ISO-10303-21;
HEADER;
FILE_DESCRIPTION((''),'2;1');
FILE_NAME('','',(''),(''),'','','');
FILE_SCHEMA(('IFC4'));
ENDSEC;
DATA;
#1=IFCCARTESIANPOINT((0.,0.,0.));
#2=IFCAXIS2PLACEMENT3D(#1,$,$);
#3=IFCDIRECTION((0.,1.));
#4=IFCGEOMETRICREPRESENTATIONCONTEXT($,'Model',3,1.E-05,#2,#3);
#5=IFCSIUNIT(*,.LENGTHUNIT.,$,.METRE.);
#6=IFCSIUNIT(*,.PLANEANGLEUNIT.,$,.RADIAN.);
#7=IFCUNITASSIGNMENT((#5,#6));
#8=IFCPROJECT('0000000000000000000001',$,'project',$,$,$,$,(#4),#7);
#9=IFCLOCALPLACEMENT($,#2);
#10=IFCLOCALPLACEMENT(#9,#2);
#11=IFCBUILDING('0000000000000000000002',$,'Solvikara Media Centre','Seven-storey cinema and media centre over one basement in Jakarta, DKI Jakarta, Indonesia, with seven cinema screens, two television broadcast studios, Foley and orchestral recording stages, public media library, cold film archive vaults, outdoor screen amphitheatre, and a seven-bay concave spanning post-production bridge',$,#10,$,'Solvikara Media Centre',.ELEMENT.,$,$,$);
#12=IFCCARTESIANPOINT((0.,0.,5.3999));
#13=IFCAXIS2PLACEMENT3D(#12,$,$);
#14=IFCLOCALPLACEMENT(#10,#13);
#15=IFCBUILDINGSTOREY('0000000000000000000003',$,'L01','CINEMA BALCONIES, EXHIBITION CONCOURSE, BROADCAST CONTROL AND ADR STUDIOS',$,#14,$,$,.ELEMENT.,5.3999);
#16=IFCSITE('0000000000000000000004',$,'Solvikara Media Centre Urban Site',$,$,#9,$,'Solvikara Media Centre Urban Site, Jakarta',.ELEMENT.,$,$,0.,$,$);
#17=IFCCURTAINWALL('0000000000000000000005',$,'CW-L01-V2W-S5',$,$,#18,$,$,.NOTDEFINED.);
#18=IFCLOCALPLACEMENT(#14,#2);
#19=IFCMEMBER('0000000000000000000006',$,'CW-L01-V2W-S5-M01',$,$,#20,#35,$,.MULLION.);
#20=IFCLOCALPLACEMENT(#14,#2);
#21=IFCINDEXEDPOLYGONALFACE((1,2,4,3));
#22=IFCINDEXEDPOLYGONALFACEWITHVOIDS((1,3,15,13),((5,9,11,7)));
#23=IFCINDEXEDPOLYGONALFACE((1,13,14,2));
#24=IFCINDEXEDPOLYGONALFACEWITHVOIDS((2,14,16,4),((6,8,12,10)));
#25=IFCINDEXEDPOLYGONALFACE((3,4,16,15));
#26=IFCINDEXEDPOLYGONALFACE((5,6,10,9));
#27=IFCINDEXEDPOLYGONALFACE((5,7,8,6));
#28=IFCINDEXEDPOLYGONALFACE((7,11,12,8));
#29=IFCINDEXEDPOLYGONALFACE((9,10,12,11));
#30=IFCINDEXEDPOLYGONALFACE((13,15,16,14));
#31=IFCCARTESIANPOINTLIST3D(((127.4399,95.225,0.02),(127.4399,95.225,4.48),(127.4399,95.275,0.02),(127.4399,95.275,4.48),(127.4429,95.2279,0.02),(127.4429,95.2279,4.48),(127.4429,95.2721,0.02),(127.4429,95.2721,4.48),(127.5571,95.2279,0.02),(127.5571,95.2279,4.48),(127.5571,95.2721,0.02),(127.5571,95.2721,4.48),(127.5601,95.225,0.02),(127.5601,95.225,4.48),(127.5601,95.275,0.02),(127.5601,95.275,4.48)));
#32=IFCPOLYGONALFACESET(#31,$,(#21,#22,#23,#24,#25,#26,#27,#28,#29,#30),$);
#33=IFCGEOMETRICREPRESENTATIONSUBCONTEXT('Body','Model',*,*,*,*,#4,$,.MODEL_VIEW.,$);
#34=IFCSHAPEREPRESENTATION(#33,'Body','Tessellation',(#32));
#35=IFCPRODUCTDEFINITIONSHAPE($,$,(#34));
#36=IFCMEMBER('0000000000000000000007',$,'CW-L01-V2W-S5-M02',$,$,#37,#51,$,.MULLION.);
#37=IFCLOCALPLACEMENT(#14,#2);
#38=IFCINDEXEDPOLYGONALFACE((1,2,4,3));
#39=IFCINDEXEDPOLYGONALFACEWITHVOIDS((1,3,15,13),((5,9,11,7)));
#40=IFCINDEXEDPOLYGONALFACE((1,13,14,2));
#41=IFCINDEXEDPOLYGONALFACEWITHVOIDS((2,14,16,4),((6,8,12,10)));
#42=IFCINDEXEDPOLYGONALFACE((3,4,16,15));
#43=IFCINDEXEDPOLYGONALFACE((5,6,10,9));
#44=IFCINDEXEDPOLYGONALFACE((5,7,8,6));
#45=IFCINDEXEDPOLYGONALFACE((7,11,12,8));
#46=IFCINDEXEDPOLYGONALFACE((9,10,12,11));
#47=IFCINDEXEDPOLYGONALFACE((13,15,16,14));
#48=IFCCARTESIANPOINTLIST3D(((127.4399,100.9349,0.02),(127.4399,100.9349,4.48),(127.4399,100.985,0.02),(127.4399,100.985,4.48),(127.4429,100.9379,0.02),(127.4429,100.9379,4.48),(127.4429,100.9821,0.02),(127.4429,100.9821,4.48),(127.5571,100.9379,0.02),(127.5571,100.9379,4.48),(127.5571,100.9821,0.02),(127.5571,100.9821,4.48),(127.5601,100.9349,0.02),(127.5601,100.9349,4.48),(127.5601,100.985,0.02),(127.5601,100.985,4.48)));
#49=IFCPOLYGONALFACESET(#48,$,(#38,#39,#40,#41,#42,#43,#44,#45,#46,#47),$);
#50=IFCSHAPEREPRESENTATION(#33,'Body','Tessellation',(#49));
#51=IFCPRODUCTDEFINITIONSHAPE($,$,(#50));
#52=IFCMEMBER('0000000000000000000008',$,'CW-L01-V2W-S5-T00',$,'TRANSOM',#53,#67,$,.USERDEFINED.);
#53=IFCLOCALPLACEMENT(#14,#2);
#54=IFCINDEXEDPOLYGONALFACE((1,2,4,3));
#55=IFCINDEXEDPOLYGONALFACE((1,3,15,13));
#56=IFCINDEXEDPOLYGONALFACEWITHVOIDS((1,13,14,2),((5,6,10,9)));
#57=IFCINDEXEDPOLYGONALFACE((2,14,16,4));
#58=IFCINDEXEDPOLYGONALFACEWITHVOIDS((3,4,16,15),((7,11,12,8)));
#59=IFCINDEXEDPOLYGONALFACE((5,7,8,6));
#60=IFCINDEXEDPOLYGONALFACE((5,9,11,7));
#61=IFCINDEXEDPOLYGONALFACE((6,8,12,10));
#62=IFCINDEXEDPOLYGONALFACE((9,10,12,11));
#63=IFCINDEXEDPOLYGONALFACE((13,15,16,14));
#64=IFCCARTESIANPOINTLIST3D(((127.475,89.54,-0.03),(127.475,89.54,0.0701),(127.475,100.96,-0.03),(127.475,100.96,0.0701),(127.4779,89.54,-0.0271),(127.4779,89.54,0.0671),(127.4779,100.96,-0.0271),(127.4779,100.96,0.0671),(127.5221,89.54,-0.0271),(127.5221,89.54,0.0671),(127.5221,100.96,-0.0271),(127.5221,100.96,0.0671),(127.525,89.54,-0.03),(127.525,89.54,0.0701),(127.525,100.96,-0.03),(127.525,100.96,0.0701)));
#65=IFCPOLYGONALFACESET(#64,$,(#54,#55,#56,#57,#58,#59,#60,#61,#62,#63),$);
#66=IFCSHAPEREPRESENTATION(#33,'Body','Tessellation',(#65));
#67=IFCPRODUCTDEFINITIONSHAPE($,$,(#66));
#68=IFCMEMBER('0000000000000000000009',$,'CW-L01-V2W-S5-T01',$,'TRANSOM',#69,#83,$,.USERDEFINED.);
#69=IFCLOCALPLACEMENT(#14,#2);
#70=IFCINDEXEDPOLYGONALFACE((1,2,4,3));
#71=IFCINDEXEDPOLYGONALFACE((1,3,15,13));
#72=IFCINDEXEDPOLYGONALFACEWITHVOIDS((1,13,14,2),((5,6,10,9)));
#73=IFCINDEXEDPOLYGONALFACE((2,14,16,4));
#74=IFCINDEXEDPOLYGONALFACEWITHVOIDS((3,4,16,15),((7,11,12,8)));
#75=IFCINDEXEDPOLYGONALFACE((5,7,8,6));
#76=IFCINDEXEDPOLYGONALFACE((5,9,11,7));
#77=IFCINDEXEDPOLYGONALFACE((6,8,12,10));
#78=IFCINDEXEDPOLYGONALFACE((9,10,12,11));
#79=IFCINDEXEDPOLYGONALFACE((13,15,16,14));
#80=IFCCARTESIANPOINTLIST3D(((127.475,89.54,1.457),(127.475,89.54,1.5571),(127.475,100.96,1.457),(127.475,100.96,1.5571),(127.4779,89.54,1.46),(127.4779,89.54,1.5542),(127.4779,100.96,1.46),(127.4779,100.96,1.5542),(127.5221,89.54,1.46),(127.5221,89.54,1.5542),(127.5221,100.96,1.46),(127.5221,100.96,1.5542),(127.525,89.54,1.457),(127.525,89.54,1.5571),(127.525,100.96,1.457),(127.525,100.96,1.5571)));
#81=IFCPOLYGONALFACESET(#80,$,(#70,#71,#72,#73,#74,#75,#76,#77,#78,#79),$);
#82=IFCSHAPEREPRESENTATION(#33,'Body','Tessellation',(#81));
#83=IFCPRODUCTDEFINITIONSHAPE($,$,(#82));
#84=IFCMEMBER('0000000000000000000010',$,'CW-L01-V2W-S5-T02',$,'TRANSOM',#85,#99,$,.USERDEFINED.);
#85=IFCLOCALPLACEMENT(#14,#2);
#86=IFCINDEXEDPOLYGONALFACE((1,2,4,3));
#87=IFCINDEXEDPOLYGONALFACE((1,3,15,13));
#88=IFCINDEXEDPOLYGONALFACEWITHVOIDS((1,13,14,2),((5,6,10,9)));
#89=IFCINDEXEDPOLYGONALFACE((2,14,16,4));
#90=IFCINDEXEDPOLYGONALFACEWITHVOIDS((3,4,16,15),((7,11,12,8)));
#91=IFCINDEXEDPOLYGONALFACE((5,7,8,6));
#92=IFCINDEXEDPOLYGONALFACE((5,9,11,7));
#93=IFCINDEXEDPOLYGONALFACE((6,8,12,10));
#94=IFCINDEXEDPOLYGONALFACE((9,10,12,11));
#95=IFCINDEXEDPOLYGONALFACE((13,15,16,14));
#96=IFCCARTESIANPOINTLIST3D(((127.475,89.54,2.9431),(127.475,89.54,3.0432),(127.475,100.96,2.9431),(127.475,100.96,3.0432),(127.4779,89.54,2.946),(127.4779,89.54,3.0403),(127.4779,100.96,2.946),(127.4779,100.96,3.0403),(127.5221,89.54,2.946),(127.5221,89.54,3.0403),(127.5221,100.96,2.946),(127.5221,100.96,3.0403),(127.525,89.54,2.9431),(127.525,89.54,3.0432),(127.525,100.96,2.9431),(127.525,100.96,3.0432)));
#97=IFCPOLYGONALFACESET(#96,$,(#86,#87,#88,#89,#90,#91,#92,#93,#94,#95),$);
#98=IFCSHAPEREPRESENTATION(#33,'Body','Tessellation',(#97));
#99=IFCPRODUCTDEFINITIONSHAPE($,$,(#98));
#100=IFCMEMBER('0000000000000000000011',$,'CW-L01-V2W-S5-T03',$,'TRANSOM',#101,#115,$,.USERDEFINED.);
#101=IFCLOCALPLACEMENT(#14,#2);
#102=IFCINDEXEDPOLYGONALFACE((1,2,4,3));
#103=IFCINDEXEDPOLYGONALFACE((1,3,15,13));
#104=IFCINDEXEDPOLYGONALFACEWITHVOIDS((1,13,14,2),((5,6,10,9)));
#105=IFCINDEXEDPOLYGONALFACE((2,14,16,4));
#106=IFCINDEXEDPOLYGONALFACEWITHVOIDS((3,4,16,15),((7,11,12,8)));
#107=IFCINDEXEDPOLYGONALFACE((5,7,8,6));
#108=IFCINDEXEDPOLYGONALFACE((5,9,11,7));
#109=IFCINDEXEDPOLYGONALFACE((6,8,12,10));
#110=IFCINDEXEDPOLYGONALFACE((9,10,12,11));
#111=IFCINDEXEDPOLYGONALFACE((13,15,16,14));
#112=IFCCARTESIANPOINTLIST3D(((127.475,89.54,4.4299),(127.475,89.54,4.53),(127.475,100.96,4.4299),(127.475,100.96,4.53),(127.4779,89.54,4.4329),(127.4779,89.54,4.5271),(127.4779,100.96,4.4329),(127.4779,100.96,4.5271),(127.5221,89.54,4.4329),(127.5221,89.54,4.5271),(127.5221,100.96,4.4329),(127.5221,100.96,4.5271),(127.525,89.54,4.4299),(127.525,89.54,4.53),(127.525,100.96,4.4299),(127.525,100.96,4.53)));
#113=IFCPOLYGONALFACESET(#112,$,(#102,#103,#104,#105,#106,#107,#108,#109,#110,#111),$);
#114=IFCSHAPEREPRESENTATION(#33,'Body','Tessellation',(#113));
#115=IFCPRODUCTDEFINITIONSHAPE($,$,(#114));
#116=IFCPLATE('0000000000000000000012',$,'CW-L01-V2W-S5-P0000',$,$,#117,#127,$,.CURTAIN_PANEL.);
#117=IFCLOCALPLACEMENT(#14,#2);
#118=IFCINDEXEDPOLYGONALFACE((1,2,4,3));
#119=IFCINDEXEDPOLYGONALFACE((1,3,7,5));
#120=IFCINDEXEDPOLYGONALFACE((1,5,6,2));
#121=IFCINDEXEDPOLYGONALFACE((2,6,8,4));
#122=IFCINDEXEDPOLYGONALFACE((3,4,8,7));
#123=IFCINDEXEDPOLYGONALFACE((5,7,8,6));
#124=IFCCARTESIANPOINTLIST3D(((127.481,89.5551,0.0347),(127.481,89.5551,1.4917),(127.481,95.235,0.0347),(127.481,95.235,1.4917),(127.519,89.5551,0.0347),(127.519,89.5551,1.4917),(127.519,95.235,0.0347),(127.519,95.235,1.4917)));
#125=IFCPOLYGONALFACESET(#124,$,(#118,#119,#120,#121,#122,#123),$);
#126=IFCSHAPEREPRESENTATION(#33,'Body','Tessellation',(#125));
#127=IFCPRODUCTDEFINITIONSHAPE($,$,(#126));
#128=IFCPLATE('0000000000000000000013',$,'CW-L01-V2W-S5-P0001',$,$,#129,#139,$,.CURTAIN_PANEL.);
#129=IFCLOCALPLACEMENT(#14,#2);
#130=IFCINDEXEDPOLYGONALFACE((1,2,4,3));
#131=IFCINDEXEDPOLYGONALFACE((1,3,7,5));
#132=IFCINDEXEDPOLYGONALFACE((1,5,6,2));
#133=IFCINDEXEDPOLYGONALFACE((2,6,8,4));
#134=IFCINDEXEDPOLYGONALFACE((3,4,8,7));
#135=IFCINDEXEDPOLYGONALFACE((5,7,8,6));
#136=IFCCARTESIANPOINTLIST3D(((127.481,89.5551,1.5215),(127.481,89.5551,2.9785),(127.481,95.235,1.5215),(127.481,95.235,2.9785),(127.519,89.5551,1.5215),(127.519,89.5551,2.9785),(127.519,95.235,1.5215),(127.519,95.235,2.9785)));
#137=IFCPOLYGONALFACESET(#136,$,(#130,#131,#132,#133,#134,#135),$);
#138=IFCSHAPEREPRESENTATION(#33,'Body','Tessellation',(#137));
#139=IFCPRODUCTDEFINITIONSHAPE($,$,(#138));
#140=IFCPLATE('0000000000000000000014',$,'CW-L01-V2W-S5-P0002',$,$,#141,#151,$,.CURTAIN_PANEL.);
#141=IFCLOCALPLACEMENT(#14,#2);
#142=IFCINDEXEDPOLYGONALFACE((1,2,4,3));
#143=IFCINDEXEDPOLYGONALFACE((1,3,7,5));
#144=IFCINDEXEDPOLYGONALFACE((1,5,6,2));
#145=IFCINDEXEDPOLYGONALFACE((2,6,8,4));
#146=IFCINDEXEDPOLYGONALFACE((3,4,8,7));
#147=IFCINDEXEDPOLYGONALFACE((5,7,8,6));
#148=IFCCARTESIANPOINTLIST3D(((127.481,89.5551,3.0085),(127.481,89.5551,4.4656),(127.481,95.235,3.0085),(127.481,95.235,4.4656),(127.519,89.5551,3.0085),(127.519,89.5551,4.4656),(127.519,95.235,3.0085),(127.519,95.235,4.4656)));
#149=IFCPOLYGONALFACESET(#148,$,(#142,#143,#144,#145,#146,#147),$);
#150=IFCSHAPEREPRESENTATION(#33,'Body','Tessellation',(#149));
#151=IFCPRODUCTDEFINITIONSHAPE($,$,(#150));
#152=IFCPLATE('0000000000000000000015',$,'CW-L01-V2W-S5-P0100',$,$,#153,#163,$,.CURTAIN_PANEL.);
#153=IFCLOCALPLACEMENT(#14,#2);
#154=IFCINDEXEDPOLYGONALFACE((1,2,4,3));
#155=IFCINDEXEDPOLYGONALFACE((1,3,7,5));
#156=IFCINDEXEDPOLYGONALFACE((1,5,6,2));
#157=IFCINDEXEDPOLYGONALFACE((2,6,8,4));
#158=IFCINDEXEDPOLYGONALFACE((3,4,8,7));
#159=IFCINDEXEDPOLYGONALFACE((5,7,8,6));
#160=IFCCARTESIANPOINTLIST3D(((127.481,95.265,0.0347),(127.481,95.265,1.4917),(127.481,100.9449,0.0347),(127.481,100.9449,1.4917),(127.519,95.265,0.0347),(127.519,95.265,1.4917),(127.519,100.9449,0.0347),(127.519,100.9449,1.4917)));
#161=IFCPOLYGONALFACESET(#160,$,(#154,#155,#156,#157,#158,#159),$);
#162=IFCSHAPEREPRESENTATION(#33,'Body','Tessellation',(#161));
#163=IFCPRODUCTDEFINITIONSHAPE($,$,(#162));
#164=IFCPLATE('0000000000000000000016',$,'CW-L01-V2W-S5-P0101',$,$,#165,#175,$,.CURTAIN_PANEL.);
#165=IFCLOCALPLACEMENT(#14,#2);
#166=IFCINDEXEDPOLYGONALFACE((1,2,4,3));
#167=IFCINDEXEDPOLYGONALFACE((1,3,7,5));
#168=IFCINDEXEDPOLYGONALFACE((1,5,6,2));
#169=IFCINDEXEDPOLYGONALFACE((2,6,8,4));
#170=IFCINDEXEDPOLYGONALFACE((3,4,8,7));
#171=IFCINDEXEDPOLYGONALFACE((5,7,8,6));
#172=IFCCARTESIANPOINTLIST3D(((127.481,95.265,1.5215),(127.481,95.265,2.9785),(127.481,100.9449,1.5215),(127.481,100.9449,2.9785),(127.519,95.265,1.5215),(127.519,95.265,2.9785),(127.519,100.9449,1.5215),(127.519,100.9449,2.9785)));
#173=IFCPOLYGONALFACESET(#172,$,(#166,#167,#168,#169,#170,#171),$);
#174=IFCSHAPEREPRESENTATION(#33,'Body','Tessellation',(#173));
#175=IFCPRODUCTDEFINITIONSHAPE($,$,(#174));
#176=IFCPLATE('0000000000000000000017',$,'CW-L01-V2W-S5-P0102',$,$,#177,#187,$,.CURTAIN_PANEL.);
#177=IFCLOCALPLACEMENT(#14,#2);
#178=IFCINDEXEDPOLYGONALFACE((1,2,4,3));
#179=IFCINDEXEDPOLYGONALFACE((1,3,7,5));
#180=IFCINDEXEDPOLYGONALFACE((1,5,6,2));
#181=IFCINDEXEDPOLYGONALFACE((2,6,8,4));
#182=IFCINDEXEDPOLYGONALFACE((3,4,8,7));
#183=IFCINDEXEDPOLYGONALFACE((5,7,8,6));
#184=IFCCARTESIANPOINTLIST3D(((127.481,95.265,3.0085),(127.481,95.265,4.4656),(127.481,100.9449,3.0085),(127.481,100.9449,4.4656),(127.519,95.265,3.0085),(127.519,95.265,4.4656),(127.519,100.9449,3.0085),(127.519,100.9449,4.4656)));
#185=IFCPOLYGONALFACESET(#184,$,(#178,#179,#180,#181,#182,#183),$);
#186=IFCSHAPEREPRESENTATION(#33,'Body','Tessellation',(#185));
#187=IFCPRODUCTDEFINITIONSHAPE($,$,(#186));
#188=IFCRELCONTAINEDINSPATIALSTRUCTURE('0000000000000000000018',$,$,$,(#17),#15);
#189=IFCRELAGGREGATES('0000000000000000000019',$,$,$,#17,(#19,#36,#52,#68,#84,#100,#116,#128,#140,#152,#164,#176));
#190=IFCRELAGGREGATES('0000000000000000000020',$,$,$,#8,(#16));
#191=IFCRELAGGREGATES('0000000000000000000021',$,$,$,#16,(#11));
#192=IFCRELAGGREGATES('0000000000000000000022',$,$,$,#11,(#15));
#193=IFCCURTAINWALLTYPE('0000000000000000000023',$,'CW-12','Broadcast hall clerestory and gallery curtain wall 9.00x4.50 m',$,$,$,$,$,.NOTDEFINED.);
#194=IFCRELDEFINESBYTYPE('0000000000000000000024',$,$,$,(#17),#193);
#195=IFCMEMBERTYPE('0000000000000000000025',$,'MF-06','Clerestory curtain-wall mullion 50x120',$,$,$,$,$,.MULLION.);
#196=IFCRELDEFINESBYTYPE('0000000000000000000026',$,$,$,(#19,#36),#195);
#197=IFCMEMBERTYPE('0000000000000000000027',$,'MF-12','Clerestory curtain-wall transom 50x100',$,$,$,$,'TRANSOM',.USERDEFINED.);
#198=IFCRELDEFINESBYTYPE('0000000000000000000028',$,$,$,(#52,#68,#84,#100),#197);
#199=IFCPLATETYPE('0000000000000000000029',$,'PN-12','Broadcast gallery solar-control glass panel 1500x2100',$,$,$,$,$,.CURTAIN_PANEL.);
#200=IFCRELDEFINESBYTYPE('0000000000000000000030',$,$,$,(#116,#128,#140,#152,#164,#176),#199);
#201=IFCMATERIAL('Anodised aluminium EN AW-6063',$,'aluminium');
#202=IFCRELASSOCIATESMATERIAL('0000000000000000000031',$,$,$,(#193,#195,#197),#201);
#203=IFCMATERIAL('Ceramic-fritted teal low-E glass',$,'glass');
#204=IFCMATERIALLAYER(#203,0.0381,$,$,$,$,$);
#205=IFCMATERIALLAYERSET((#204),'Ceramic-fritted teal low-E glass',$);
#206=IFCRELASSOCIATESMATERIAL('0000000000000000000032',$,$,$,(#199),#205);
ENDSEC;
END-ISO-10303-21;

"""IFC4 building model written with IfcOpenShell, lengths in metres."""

from ifc_helpers import new_model, si_unit, direction, frame, origin, origin_2d, place, context, subcontext, project, spatial, rectangle, hollow_rectangle, extrude, material, layer, layer_set, material_profile, profile_set, type_object, element, aggregate, save


model = new_model("IFC4")

# Units and contexts
model_context = context("Model", 3, precision=1e-05, world=origin(), true_north=direction((0.0, 1.0)))
body_context = subcontext(model_context, "Body", "Model", "MODEL_VIEW")
ifc_project = project(units=[si_unit("LENGTHUNIT", "METRE"), si_unit("PLANEANGLEUNIT", "RADIAN")], contexts=[model_context])

# Site, building, storey
site_placement = place(None, origin())
site = spatial("IfcSite", under=ifc_project, at=site_placement, Name="Solvikara Media Centre Urban Site", LongName="Solvikara Media Centre Urban Site, Jakarta", CompositionType="ELEMENT", RefElevation=0.0)
building_placement = place(site_placement, origin())
building = spatial("IfcBuilding", under=site, at=building_placement, Name="Solvikara Media Centre", Description="Seven-storey cinema and media centre over one basement in Jakarta, DKI Jakarta, Indonesia, with seven cinema screens, two television broadcast studios, Foley and orchestral recording stages, public media library, cold film archive vaults, outdoor screen amphitheatre, and a seven-bay concave spanning post-production bridge", LongName="Solvikara Media Centre", CompositionType="ELEMENT")
storey_placement = place(building_placement, frame((0.0, 0.0, 5.3999)))
storey = spatial("IfcBuildingStorey", under=building, at=storey_placement, Name="L01", Description="CINEMA BALCONIES, EXHIBITION CONCOURSE, BROADCAST CONTROL AND ADR STUDIOS", CompositionType="ELEMENT", Elevation=5.3999)

# Curtain wall, members, plates
ifc_material_1 = material(Name="Anodised aluminium EN AW-6063", Category="aluminium")
curtain_wall_type = type_object("IfcCurtainWallType", Name="CW-12", Description="Broadcast hall clerestory and gallery curtain wall 9.00x4.50 m", PredefinedType="NOTDEFINED", material=ifc_material_1)
curtain_wall_placement = place(storey_placement, origin())
curtain_wall = element("IfcCurtainWall", 1, at=curtain_wall_placement, inside=storey, type_object=curtain_wall_type, Name="CW-L01-V2W-S5", PredefinedType="NOTDEFINED")
ifc_material_profile_1 = material_profile(ifc_material_1, hollow_rectangle(XDim=0.05, YDim=0.1201, WallThickness=0.0029, at=origin_2d()), Name="ALU-M 50x120x3")
ifc_profile_set_1 = profile_set([ifc_material_profile_1], Name="Anodised aluminium EN AW-6063")
member_type_1 = type_object("IfcMemberType", Name="MF-06", Description="Clerestory curtain-wall mullion 50x120", PredefinedType="MULLION", material=ifc_profile_set_1)
member_1_placement = place(storey_placement, frame((127.5, 95.25, 0.02), z_axis=(0.0, 0.0, 1.0), x_axis=(0.0, 1.0, 0.0)))
member_1 = element("IfcMember", 2, at=member_1_placement, type_object=member_type_1, Name="CW-L01-V2W-S5-M01", PredefinedType="MULLION", context=body_context, shape_type="SweptSolid", body=[
    extrude(hollow_rectangle(XDim=0.05, YDim=0.1201, WallThickness=0.0029, at=origin_2d()), origin(), (0.0, 0.0, 1.0), 4.46),
])
member_2_placement = place(storey_placement, frame((127.5, 100.96, 0.02), z_axis=(0.0, 0.0, 1.0), x_axis=(0.0, 1.0, 0.0)))
member_2 = element("IfcMember", 3, at=member_2_placement, type_object=member_type_1, Name="CW-L01-V2W-S5-M02", PredefinedType="MULLION", context=body_context, shape_type="SweptSolid", body=[
    extrude(hollow_rectangle(XDim=0.05, YDim=0.1201, WallThickness=0.0029, at=origin_2d()), origin(), (0.0, 0.0, 1.0), 4.46),
])
ifc_material_profile_2 = material_profile(ifc_material_1, hollow_rectangle(XDim=0.05, YDim=0.1001, WallThickness=0.0029, at=origin_2d()), Name="ALU-T 50x100x3")
ifc_profile_set_2 = profile_set([ifc_material_profile_2], Name="Anodised aluminium EN AW-6063")
member_type_2 = type_object("IfcMemberType", Name="MF-12", Description="Clerestory curtain-wall transom 50x100", ElementType="TRANSOM", PredefinedType="USERDEFINED", material=ifc_profile_set_2)
member_3_placement = place(storey_placement, frame((127.5, 89.54, 0.02), z_axis=(0.0, 1.0, 0.0), x_axis=(-1.0, 0.0, 0.0)))
member_3 = element("IfcMember", 4, at=member_3_placement, type_object=member_type_2, Name="CW-L01-V2W-S5-T00", ObjectType="TRANSOM", PredefinedType="USERDEFINED", context=body_context, shape_type="SweptSolid", body=[
    extrude(hollow_rectangle(XDim=0.05, YDim=0.1001, WallThickness=0.0029, at=origin_2d()), origin(), (0.0, 0.0, 1.0), 11.4199),
])
member_4_placement = place(storey_placement, frame((127.5, 89.54, 1.5071), z_axis=(0.0, 1.0, 0.0), x_axis=(-1.0, 0.0, 0.0)))
member_4 = element("IfcMember", 5, at=member_4_placement, type_object=member_type_2, Name="CW-L01-V2W-S5-T01", ObjectType="TRANSOM", PredefinedType="USERDEFINED", context=body_context, shape_type="SweptSolid", body=[
    extrude(hollow_rectangle(XDim=0.05, YDim=0.1001, WallThickness=0.0029, at=origin_2d()), origin(), (0.0, 0.0, 1.0), 11.4199),
])
member_5_placement = place(storey_placement, frame((127.5, 89.54, 2.9932), z_axis=(0.0, 1.0, 0.0), x_axis=(-1.0, 0.0, 0.0)))
member_5 = element("IfcMember", 6, at=member_5_placement, type_object=member_type_2, Name="CW-L01-V2W-S5-T02", ObjectType="TRANSOM", PredefinedType="USERDEFINED", context=body_context, shape_type="SweptSolid", body=[
    extrude(hollow_rectangle(XDim=0.05, YDim=0.1001, WallThickness=0.0029, at=origin_2d()), origin(), (0.0, 0.0, 1.0), 11.4199),
])
member_6_placement = place(storey_placement, frame((127.5, 89.54, 4.48), z_axis=(0.0, 1.0, 0.0), x_axis=(-1.0, 0.0, 0.0)))
member_6 = element("IfcMember", 7, at=member_6_placement, type_object=member_type_2, Name="CW-L01-V2W-S5-T03", ObjectType="TRANSOM", PredefinedType="USERDEFINED", context=body_context, shape_type="SweptSolid", body=[
    extrude(hollow_rectangle(XDim=0.05, YDim=0.1001, WallThickness=0.0029, at=origin_2d()), origin(), (0.0, 0.0, 1.0), 11.4199),
])
ifc_material_2 = material(Name="Ceramic-fritted teal low-E glass", Category="glass")
ifc_layer_1 = layer(ifc_material_2, 0.0381)
ifc_layer_set_1 = layer_set([ifc_layer_1], Name="Ceramic-fritted teal low-E glass")
plate_type = type_object("IfcPlateType", Name="PN-12", Description="Broadcast gallery solar-control glass panel 1500x2100", PredefinedType="CURTAIN_PANEL", material=ifc_layer_set_1)
plate_1_placement = place(storey_placement, frame((127.5, 92.395, 0.0347), z_axis=(0.0, 0.0, 1.0), x_axis=(0.0, 1.0, 0.0)))
plate_1 = element("IfcPlate", 8, at=plate_1_placement, type_object=plate_type, Name="CW-L01-V2W-S5-P0000", PredefinedType="CURTAIN_PANEL", context=body_context, shape_type="SweptSolid", body=[
    extrude(rectangle(XDim=5.6799, YDim=0.0381, at=origin_2d()), origin(), (0.0, 0.0, 1.0), 1.457),
])
plate_2_placement = place(storey_placement, frame((127.5, 92.395, 1.5215), z_axis=(0.0, 0.0, 1.0), x_axis=(0.0, 1.0, 0.0)))
plate_2 = element("IfcPlate", 9, at=plate_2_placement, type_object=plate_type, Name="CW-L01-V2W-S5-P0001", PredefinedType="CURTAIN_PANEL", context=body_context, shape_type="SweptSolid", body=[
    extrude(rectangle(XDim=5.6799, YDim=0.0381, at=origin_2d()), origin(), (0.0, 0.0, 1.0), 1.457),
])
plate_3_placement = place(storey_placement, frame((127.5, 92.395, 3.0085), z_axis=(0.0, 0.0, 1.0), x_axis=(0.0, 1.0, 0.0)))
plate_3 = element("IfcPlate", 10, at=plate_3_placement, type_object=plate_type, Name="CW-L01-V2W-S5-P0002", PredefinedType="CURTAIN_PANEL", context=body_context, shape_type="SweptSolid", body=[
    extrude(rectangle(XDim=5.6799, YDim=0.0381, at=origin_2d()), origin(), (0.0, 0.0, 1.0), 1.457),
])
plate_4_placement = place(storey_placement, frame((127.5, 98.105, 0.0347), z_axis=(0.0, 0.0, 1.0), x_axis=(0.0, 1.0, 0.0)))
plate_4 = element("IfcPlate", 11, at=plate_4_placement, type_object=plate_type, Name="CW-L01-V2W-S5-P0100", PredefinedType="CURTAIN_PANEL", context=body_context, shape_type="SweptSolid", body=[
    extrude(rectangle(XDim=5.6799, YDim=0.0381, at=origin_2d()), origin(), (0.0, 0.0, 1.0), 1.457),
])
plate_5_placement = place(storey_placement, frame((127.5, 98.105, 1.5215), z_axis=(0.0, 0.0, 1.0), x_axis=(0.0, 1.0, 0.0)))
plate_5 = element("IfcPlate", 12, at=plate_5_placement, type_object=plate_type, Name="CW-L01-V2W-S5-P0101", PredefinedType="CURTAIN_PANEL", context=body_context, shape_type="SweptSolid", body=[
    extrude(rectangle(XDim=5.6799, YDim=0.0381, at=origin_2d()), origin(), (0.0, 0.0, 1.0), 1.457),
])
plate_6_placement = place(storey_placement, frame((127.5, 98.105, 3.0085), z_axis=(0.0, 0.0, 1.0), x_axis=(0.0, 1.0, 0.0)))
plate_6 = element("IfcPlate", 13, at=plate_6_placement, type_object=plate_type, Name="CW-L01-V2W-S5-P0102", PredefinedType="CURTAIN_PANEL", context=body_context, shape_type="SweptSolid", body=[
    extrude(rectangle(XDim=5.6799, YDim=0.0381, at=origin_2d()), origin(), (0.0, 0.0, 1.0), 1.457),
])
aggregate(curtain_wall, [member_1, member_2, member_3, member_4, member_5, member_6, plate_1, plate_2, plate_3, plate_4, plate_5, plate_6])

save(model, "model.ifc")
